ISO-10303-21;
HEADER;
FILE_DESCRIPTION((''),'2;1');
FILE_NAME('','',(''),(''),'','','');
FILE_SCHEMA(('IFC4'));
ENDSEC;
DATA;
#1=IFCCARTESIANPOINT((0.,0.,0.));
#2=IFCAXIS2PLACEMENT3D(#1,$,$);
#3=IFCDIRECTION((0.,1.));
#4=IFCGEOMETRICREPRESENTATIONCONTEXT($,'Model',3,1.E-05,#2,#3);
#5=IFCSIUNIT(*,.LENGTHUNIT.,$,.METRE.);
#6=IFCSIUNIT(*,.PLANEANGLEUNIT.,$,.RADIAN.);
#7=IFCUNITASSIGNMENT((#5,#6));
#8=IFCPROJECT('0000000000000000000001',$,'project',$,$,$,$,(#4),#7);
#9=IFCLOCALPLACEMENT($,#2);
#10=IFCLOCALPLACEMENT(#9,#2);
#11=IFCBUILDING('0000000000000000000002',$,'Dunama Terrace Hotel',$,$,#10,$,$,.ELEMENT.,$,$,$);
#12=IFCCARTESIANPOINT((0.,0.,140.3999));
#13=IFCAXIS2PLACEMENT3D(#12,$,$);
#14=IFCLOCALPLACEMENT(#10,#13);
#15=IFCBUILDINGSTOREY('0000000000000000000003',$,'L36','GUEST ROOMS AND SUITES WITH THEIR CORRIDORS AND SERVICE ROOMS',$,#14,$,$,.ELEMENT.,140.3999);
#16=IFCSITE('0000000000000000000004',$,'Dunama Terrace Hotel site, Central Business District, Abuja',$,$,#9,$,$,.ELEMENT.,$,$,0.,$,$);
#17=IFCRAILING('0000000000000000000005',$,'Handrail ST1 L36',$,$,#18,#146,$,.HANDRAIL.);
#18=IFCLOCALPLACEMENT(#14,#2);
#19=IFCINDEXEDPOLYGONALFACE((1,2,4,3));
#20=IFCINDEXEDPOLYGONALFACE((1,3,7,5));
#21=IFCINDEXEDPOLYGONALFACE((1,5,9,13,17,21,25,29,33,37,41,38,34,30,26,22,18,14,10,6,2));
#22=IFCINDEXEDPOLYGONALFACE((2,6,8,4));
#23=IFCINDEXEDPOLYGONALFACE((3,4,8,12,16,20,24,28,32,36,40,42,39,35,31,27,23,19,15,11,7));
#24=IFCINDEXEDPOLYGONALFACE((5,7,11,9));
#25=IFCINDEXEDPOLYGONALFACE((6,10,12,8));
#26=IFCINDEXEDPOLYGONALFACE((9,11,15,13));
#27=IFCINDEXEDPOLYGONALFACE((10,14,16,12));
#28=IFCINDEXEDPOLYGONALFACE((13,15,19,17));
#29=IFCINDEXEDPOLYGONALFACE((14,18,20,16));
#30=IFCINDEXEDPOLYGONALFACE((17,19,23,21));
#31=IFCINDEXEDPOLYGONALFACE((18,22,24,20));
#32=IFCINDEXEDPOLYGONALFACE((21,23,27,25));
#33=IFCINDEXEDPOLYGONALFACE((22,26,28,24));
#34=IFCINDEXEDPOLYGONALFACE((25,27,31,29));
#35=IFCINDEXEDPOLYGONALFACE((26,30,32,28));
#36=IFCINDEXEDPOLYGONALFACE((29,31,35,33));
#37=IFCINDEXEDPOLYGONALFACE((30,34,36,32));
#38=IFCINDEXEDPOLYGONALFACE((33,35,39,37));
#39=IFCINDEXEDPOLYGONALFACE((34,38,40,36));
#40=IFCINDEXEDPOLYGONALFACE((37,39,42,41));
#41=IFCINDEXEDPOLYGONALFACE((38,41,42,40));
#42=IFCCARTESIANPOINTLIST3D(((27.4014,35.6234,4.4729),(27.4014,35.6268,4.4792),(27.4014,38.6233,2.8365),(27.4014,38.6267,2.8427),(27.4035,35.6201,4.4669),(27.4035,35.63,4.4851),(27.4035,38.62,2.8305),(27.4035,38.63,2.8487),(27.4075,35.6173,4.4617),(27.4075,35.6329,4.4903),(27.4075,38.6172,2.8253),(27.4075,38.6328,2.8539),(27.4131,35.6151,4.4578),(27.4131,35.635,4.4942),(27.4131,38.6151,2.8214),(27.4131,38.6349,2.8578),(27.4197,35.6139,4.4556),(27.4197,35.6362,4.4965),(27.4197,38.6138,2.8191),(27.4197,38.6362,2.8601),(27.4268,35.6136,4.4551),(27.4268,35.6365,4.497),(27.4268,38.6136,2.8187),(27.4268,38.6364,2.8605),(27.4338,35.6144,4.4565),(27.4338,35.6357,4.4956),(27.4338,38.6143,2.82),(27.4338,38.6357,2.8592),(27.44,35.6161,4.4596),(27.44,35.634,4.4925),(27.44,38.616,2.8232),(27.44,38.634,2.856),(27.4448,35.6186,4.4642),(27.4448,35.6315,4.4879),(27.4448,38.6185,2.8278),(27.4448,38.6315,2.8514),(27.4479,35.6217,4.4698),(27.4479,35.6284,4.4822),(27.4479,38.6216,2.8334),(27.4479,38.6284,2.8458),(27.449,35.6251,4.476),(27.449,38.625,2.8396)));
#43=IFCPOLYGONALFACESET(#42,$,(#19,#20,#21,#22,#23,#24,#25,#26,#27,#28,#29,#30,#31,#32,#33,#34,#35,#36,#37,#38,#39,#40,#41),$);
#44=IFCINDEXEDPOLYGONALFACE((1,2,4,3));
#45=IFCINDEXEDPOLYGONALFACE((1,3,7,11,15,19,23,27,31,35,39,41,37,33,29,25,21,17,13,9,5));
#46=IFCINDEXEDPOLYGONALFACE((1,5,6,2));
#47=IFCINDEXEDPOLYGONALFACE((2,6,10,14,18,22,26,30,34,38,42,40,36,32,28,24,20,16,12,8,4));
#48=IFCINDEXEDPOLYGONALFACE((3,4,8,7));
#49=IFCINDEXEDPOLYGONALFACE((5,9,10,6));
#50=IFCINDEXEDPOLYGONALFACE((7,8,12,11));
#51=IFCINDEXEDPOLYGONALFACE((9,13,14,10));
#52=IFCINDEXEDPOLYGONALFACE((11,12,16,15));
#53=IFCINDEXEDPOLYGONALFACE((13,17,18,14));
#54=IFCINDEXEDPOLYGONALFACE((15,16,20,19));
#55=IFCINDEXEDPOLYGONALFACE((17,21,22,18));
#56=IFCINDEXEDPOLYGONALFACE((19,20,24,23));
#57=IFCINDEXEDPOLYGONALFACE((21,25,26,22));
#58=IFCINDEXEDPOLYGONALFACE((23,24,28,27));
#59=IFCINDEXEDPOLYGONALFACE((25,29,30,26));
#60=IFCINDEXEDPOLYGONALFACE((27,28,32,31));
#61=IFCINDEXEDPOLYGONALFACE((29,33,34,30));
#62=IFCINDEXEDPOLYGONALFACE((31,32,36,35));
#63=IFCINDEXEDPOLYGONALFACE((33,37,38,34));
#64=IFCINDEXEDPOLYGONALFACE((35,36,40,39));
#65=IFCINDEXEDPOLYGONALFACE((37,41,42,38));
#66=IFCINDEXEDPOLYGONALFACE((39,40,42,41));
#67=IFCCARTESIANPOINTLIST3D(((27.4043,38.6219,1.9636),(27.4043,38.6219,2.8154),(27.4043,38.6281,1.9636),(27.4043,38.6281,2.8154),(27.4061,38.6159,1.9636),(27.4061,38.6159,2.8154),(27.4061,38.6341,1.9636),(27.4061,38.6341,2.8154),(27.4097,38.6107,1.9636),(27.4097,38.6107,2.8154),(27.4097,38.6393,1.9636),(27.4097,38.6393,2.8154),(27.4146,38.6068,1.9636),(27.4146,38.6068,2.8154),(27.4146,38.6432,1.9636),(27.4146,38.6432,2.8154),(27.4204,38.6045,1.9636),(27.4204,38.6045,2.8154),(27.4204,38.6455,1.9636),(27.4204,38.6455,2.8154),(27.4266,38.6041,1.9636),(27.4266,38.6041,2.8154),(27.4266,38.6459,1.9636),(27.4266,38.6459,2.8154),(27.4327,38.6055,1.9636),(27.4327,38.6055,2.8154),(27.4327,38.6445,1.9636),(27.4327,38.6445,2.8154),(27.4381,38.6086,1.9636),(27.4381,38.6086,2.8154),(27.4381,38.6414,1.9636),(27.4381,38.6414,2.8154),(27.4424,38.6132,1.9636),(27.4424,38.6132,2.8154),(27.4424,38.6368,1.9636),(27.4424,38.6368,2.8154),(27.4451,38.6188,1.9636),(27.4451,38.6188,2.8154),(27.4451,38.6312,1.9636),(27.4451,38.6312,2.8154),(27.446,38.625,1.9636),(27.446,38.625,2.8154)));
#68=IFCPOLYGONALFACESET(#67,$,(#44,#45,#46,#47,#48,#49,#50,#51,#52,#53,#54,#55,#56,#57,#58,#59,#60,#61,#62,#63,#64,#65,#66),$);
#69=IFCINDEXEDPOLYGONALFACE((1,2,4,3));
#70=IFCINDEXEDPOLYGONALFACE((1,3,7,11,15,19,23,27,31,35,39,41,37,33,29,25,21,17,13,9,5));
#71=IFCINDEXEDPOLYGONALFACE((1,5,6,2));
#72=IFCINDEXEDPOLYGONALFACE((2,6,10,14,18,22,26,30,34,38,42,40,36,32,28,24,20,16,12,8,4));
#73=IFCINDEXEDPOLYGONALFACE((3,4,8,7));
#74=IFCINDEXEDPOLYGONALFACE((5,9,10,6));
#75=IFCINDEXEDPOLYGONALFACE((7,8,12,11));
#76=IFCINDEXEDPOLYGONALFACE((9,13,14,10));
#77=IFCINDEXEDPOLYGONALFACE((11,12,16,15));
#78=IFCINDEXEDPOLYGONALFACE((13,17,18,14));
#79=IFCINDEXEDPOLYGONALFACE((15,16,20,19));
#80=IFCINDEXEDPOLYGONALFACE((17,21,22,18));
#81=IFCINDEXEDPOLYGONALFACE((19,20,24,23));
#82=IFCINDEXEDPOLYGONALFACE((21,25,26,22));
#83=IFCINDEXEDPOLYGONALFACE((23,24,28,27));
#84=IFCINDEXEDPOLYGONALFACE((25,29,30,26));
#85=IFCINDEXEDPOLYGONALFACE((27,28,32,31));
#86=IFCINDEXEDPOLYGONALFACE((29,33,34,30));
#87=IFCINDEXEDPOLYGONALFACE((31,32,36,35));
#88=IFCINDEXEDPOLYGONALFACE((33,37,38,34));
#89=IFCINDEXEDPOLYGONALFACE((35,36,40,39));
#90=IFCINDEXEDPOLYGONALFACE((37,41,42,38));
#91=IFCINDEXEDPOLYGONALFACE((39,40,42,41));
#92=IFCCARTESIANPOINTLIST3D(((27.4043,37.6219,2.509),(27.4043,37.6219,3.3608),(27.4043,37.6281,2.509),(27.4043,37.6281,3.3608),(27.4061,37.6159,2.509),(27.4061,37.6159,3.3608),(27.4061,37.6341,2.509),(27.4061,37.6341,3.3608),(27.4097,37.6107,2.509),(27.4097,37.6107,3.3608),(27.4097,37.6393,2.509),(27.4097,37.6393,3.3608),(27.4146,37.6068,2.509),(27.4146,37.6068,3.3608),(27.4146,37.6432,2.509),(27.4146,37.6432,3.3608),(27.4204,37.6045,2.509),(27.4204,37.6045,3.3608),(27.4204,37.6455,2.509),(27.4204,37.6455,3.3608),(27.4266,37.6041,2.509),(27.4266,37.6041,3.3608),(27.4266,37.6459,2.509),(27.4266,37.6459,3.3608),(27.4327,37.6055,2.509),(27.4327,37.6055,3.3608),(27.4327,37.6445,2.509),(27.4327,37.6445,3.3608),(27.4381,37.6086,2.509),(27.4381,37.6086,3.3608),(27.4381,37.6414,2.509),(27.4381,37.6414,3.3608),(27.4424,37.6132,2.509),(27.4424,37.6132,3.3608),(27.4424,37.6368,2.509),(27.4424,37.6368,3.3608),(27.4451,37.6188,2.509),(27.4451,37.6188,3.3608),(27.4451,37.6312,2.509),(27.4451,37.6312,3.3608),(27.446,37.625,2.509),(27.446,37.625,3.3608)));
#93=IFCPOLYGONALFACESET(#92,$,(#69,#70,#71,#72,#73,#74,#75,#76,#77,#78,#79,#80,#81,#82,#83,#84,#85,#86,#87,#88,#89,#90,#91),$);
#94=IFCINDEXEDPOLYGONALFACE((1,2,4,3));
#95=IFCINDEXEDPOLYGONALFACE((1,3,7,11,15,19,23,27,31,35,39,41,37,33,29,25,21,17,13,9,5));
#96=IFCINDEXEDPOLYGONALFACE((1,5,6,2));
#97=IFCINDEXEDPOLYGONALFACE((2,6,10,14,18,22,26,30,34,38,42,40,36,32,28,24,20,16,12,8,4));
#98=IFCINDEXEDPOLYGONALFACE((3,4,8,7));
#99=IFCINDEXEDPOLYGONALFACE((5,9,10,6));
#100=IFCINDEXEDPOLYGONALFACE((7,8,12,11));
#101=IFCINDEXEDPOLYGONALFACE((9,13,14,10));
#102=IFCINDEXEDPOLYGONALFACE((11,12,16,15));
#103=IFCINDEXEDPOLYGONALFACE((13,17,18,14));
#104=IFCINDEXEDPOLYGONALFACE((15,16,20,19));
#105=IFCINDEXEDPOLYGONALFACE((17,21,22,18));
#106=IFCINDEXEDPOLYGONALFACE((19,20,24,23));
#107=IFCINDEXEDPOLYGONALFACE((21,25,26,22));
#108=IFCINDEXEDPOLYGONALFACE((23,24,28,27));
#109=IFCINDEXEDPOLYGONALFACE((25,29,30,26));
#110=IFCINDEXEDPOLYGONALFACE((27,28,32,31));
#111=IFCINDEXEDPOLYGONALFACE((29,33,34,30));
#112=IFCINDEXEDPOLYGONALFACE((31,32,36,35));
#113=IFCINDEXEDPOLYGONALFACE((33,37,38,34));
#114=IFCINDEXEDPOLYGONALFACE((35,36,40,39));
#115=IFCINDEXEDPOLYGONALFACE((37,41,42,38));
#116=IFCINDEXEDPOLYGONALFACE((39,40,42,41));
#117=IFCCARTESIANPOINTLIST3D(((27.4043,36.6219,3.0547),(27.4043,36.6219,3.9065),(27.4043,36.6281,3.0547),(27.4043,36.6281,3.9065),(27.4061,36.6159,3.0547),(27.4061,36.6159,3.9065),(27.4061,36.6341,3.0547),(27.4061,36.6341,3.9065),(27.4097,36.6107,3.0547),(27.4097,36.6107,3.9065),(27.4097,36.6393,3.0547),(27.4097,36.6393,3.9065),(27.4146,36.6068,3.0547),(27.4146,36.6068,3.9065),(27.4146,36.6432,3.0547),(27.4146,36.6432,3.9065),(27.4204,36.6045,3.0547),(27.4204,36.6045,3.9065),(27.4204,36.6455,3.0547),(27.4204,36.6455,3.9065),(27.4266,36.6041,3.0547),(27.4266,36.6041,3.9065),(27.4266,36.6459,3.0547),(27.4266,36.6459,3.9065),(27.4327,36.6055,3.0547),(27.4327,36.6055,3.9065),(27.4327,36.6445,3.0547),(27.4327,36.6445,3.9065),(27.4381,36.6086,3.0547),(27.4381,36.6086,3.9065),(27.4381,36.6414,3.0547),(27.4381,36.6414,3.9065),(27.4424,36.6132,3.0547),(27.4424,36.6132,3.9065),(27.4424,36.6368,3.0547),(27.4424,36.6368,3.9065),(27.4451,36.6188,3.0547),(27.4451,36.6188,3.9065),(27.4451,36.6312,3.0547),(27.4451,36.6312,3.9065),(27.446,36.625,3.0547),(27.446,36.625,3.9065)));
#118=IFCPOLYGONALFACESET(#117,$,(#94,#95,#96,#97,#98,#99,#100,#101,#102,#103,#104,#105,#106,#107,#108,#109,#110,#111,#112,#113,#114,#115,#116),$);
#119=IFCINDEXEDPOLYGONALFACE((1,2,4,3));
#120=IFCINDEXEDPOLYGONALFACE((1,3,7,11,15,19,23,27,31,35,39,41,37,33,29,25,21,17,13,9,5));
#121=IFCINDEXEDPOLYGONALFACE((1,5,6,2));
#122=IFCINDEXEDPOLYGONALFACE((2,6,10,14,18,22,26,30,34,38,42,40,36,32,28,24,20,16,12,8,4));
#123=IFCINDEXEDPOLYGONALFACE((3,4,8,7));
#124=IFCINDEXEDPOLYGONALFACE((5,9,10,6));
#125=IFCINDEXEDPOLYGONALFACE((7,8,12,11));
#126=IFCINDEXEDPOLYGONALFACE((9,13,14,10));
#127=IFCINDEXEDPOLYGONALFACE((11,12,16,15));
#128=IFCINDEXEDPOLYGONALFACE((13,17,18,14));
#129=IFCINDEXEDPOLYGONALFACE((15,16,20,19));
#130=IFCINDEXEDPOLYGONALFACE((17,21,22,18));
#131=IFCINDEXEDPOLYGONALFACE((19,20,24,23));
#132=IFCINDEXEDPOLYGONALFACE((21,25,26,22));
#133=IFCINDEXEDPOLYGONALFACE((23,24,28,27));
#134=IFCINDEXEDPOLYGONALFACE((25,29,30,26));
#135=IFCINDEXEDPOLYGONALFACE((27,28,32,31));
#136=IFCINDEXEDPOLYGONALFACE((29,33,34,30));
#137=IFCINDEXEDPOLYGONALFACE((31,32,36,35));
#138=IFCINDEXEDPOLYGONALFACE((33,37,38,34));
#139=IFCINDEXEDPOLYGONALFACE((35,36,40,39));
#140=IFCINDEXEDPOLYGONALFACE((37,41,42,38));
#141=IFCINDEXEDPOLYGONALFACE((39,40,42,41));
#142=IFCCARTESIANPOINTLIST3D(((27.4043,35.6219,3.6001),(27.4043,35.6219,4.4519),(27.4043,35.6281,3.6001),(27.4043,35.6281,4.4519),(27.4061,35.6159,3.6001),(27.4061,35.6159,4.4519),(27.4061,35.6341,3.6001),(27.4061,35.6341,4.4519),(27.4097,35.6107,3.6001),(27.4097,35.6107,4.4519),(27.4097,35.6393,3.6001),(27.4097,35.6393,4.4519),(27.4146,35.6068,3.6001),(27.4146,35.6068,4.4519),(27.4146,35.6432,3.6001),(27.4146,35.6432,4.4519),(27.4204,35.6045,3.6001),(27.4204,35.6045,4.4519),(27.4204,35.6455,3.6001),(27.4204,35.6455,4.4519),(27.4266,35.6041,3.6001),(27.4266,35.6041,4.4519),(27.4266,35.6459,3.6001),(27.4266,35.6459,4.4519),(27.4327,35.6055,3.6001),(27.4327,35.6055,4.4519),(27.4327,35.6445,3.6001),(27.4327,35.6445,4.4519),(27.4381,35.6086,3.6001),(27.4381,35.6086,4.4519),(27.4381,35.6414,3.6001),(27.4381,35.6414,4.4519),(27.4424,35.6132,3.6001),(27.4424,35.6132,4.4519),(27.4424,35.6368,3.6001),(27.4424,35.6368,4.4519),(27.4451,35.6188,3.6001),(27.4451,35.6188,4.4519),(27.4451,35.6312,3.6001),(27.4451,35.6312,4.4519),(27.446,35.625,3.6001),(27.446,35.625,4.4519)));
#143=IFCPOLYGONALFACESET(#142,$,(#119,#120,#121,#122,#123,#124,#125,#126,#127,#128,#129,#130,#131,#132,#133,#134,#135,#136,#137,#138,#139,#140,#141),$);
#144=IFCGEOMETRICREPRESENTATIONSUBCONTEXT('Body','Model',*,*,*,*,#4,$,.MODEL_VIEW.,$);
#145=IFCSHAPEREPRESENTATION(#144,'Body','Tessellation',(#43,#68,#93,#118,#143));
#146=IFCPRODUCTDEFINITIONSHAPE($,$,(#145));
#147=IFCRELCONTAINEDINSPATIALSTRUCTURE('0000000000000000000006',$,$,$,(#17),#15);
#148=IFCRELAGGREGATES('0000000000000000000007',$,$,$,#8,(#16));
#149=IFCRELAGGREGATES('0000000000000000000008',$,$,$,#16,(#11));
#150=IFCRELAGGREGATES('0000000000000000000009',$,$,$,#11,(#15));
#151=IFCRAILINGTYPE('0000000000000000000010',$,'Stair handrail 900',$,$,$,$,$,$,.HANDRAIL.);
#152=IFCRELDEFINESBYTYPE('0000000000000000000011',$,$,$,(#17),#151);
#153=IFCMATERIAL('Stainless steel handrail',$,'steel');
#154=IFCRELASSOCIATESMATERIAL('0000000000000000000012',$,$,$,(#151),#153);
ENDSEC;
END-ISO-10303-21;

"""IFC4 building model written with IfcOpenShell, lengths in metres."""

from ifc_helpers import new_model, si_unit, direction, frame, origin, origin_2d, place, context, subcontext, project, spatial, circle, extrude, material, type_object, element, save


model = new_model("IFC4")

# Units and contexts
model_context = context("Model", 3, precision=1e-05, world=origin(), true_north=direction((0.0, 1.0)))
body_context = subcontext(model_context, "Body", "Model", "MODEL_VIEW")
ifc_project = project(units=[si_unit("LENGTHUNIT", "METRE"), si_unit("PLANEANGLEUNIT", "RADIAN")], contexts=[model_context])

# Site, building, storey
site_placement = place(None, origin())
site = spatial("IfcSite", under=ifc_project, at=site_placement, Name="Dunama Terrace Hotel site, Central Business District, Abuja", CompositionType="ELEMENT", RefElevation=0.0)
building_placement = place(site_placement, origin())
building = spatial("IfcBuilding", under=site, at=building_placement, Name="Dunama Terrace Hotel", CompositionType="ELEMENT")
storey_placement = place(building_placement, frame((0.0, 0.0, 140.3999)))
storey = spatial("IfcBuildingStorey", under=building, at=storey_placement, Name="L36", Description="GUEST ROOMS AND SUITES WITH THEIR CORRIDORS AND SERVICE ROOMS", CompositionType="ELEMENT", Elevation=140.3999)

# Railing
ifc_material_1 = material(Name="Stainless steel handrail", Category="steel")
railing_type = type_object("IfcRailingType", Name="Stair handrail 900", PredefinedType="HANDRAIL", material=ifc_material_1)
railing_1_placement = place(storey_placement, frame((27.425, 38.625, 1.9636)))
element("IfcRailing", 1, at=railing_1_placement, inside=storey, type_object=railing_type, Name="Handrail ST1 L36", PredefinedType="HANDRAIL", context=body_context, shape_type="SweptSolid", body=[
    extrude(circle(Radius=0.0239, at=origin_2d()), frame((0.0, 0.0, 0.876), z_axis=(0.0, -0.877882, 0.478877), x_axis=(1.0, 0.0, 0.0)), (0.0, 0.0, 1.0), 3.4172),
    extrude(circle(Radius=0.021, at=origin_2d()), origin(), (0.0, 0.0, 1.0), 0.8518),
    extrude(circle(Radius=0.021, at=origin_2d()), frame((0.0, -1.0, 0.5454)), (0.0, 0.0, 1.0), 0.8518),
    extrude(circle(Radius=0.021, at=origin_2d()), frame((0.0, -2.0, 1.0911)), (0.0, 0.0, 1.0), 0.8518),
    extrude(circle(Radius=0.021, at=origin_2d()), frame((0.0, -3.0, 1.6365)), (0.0, 0.0, 1.0), 0.8518),
])

save(model, "model.ifc")
